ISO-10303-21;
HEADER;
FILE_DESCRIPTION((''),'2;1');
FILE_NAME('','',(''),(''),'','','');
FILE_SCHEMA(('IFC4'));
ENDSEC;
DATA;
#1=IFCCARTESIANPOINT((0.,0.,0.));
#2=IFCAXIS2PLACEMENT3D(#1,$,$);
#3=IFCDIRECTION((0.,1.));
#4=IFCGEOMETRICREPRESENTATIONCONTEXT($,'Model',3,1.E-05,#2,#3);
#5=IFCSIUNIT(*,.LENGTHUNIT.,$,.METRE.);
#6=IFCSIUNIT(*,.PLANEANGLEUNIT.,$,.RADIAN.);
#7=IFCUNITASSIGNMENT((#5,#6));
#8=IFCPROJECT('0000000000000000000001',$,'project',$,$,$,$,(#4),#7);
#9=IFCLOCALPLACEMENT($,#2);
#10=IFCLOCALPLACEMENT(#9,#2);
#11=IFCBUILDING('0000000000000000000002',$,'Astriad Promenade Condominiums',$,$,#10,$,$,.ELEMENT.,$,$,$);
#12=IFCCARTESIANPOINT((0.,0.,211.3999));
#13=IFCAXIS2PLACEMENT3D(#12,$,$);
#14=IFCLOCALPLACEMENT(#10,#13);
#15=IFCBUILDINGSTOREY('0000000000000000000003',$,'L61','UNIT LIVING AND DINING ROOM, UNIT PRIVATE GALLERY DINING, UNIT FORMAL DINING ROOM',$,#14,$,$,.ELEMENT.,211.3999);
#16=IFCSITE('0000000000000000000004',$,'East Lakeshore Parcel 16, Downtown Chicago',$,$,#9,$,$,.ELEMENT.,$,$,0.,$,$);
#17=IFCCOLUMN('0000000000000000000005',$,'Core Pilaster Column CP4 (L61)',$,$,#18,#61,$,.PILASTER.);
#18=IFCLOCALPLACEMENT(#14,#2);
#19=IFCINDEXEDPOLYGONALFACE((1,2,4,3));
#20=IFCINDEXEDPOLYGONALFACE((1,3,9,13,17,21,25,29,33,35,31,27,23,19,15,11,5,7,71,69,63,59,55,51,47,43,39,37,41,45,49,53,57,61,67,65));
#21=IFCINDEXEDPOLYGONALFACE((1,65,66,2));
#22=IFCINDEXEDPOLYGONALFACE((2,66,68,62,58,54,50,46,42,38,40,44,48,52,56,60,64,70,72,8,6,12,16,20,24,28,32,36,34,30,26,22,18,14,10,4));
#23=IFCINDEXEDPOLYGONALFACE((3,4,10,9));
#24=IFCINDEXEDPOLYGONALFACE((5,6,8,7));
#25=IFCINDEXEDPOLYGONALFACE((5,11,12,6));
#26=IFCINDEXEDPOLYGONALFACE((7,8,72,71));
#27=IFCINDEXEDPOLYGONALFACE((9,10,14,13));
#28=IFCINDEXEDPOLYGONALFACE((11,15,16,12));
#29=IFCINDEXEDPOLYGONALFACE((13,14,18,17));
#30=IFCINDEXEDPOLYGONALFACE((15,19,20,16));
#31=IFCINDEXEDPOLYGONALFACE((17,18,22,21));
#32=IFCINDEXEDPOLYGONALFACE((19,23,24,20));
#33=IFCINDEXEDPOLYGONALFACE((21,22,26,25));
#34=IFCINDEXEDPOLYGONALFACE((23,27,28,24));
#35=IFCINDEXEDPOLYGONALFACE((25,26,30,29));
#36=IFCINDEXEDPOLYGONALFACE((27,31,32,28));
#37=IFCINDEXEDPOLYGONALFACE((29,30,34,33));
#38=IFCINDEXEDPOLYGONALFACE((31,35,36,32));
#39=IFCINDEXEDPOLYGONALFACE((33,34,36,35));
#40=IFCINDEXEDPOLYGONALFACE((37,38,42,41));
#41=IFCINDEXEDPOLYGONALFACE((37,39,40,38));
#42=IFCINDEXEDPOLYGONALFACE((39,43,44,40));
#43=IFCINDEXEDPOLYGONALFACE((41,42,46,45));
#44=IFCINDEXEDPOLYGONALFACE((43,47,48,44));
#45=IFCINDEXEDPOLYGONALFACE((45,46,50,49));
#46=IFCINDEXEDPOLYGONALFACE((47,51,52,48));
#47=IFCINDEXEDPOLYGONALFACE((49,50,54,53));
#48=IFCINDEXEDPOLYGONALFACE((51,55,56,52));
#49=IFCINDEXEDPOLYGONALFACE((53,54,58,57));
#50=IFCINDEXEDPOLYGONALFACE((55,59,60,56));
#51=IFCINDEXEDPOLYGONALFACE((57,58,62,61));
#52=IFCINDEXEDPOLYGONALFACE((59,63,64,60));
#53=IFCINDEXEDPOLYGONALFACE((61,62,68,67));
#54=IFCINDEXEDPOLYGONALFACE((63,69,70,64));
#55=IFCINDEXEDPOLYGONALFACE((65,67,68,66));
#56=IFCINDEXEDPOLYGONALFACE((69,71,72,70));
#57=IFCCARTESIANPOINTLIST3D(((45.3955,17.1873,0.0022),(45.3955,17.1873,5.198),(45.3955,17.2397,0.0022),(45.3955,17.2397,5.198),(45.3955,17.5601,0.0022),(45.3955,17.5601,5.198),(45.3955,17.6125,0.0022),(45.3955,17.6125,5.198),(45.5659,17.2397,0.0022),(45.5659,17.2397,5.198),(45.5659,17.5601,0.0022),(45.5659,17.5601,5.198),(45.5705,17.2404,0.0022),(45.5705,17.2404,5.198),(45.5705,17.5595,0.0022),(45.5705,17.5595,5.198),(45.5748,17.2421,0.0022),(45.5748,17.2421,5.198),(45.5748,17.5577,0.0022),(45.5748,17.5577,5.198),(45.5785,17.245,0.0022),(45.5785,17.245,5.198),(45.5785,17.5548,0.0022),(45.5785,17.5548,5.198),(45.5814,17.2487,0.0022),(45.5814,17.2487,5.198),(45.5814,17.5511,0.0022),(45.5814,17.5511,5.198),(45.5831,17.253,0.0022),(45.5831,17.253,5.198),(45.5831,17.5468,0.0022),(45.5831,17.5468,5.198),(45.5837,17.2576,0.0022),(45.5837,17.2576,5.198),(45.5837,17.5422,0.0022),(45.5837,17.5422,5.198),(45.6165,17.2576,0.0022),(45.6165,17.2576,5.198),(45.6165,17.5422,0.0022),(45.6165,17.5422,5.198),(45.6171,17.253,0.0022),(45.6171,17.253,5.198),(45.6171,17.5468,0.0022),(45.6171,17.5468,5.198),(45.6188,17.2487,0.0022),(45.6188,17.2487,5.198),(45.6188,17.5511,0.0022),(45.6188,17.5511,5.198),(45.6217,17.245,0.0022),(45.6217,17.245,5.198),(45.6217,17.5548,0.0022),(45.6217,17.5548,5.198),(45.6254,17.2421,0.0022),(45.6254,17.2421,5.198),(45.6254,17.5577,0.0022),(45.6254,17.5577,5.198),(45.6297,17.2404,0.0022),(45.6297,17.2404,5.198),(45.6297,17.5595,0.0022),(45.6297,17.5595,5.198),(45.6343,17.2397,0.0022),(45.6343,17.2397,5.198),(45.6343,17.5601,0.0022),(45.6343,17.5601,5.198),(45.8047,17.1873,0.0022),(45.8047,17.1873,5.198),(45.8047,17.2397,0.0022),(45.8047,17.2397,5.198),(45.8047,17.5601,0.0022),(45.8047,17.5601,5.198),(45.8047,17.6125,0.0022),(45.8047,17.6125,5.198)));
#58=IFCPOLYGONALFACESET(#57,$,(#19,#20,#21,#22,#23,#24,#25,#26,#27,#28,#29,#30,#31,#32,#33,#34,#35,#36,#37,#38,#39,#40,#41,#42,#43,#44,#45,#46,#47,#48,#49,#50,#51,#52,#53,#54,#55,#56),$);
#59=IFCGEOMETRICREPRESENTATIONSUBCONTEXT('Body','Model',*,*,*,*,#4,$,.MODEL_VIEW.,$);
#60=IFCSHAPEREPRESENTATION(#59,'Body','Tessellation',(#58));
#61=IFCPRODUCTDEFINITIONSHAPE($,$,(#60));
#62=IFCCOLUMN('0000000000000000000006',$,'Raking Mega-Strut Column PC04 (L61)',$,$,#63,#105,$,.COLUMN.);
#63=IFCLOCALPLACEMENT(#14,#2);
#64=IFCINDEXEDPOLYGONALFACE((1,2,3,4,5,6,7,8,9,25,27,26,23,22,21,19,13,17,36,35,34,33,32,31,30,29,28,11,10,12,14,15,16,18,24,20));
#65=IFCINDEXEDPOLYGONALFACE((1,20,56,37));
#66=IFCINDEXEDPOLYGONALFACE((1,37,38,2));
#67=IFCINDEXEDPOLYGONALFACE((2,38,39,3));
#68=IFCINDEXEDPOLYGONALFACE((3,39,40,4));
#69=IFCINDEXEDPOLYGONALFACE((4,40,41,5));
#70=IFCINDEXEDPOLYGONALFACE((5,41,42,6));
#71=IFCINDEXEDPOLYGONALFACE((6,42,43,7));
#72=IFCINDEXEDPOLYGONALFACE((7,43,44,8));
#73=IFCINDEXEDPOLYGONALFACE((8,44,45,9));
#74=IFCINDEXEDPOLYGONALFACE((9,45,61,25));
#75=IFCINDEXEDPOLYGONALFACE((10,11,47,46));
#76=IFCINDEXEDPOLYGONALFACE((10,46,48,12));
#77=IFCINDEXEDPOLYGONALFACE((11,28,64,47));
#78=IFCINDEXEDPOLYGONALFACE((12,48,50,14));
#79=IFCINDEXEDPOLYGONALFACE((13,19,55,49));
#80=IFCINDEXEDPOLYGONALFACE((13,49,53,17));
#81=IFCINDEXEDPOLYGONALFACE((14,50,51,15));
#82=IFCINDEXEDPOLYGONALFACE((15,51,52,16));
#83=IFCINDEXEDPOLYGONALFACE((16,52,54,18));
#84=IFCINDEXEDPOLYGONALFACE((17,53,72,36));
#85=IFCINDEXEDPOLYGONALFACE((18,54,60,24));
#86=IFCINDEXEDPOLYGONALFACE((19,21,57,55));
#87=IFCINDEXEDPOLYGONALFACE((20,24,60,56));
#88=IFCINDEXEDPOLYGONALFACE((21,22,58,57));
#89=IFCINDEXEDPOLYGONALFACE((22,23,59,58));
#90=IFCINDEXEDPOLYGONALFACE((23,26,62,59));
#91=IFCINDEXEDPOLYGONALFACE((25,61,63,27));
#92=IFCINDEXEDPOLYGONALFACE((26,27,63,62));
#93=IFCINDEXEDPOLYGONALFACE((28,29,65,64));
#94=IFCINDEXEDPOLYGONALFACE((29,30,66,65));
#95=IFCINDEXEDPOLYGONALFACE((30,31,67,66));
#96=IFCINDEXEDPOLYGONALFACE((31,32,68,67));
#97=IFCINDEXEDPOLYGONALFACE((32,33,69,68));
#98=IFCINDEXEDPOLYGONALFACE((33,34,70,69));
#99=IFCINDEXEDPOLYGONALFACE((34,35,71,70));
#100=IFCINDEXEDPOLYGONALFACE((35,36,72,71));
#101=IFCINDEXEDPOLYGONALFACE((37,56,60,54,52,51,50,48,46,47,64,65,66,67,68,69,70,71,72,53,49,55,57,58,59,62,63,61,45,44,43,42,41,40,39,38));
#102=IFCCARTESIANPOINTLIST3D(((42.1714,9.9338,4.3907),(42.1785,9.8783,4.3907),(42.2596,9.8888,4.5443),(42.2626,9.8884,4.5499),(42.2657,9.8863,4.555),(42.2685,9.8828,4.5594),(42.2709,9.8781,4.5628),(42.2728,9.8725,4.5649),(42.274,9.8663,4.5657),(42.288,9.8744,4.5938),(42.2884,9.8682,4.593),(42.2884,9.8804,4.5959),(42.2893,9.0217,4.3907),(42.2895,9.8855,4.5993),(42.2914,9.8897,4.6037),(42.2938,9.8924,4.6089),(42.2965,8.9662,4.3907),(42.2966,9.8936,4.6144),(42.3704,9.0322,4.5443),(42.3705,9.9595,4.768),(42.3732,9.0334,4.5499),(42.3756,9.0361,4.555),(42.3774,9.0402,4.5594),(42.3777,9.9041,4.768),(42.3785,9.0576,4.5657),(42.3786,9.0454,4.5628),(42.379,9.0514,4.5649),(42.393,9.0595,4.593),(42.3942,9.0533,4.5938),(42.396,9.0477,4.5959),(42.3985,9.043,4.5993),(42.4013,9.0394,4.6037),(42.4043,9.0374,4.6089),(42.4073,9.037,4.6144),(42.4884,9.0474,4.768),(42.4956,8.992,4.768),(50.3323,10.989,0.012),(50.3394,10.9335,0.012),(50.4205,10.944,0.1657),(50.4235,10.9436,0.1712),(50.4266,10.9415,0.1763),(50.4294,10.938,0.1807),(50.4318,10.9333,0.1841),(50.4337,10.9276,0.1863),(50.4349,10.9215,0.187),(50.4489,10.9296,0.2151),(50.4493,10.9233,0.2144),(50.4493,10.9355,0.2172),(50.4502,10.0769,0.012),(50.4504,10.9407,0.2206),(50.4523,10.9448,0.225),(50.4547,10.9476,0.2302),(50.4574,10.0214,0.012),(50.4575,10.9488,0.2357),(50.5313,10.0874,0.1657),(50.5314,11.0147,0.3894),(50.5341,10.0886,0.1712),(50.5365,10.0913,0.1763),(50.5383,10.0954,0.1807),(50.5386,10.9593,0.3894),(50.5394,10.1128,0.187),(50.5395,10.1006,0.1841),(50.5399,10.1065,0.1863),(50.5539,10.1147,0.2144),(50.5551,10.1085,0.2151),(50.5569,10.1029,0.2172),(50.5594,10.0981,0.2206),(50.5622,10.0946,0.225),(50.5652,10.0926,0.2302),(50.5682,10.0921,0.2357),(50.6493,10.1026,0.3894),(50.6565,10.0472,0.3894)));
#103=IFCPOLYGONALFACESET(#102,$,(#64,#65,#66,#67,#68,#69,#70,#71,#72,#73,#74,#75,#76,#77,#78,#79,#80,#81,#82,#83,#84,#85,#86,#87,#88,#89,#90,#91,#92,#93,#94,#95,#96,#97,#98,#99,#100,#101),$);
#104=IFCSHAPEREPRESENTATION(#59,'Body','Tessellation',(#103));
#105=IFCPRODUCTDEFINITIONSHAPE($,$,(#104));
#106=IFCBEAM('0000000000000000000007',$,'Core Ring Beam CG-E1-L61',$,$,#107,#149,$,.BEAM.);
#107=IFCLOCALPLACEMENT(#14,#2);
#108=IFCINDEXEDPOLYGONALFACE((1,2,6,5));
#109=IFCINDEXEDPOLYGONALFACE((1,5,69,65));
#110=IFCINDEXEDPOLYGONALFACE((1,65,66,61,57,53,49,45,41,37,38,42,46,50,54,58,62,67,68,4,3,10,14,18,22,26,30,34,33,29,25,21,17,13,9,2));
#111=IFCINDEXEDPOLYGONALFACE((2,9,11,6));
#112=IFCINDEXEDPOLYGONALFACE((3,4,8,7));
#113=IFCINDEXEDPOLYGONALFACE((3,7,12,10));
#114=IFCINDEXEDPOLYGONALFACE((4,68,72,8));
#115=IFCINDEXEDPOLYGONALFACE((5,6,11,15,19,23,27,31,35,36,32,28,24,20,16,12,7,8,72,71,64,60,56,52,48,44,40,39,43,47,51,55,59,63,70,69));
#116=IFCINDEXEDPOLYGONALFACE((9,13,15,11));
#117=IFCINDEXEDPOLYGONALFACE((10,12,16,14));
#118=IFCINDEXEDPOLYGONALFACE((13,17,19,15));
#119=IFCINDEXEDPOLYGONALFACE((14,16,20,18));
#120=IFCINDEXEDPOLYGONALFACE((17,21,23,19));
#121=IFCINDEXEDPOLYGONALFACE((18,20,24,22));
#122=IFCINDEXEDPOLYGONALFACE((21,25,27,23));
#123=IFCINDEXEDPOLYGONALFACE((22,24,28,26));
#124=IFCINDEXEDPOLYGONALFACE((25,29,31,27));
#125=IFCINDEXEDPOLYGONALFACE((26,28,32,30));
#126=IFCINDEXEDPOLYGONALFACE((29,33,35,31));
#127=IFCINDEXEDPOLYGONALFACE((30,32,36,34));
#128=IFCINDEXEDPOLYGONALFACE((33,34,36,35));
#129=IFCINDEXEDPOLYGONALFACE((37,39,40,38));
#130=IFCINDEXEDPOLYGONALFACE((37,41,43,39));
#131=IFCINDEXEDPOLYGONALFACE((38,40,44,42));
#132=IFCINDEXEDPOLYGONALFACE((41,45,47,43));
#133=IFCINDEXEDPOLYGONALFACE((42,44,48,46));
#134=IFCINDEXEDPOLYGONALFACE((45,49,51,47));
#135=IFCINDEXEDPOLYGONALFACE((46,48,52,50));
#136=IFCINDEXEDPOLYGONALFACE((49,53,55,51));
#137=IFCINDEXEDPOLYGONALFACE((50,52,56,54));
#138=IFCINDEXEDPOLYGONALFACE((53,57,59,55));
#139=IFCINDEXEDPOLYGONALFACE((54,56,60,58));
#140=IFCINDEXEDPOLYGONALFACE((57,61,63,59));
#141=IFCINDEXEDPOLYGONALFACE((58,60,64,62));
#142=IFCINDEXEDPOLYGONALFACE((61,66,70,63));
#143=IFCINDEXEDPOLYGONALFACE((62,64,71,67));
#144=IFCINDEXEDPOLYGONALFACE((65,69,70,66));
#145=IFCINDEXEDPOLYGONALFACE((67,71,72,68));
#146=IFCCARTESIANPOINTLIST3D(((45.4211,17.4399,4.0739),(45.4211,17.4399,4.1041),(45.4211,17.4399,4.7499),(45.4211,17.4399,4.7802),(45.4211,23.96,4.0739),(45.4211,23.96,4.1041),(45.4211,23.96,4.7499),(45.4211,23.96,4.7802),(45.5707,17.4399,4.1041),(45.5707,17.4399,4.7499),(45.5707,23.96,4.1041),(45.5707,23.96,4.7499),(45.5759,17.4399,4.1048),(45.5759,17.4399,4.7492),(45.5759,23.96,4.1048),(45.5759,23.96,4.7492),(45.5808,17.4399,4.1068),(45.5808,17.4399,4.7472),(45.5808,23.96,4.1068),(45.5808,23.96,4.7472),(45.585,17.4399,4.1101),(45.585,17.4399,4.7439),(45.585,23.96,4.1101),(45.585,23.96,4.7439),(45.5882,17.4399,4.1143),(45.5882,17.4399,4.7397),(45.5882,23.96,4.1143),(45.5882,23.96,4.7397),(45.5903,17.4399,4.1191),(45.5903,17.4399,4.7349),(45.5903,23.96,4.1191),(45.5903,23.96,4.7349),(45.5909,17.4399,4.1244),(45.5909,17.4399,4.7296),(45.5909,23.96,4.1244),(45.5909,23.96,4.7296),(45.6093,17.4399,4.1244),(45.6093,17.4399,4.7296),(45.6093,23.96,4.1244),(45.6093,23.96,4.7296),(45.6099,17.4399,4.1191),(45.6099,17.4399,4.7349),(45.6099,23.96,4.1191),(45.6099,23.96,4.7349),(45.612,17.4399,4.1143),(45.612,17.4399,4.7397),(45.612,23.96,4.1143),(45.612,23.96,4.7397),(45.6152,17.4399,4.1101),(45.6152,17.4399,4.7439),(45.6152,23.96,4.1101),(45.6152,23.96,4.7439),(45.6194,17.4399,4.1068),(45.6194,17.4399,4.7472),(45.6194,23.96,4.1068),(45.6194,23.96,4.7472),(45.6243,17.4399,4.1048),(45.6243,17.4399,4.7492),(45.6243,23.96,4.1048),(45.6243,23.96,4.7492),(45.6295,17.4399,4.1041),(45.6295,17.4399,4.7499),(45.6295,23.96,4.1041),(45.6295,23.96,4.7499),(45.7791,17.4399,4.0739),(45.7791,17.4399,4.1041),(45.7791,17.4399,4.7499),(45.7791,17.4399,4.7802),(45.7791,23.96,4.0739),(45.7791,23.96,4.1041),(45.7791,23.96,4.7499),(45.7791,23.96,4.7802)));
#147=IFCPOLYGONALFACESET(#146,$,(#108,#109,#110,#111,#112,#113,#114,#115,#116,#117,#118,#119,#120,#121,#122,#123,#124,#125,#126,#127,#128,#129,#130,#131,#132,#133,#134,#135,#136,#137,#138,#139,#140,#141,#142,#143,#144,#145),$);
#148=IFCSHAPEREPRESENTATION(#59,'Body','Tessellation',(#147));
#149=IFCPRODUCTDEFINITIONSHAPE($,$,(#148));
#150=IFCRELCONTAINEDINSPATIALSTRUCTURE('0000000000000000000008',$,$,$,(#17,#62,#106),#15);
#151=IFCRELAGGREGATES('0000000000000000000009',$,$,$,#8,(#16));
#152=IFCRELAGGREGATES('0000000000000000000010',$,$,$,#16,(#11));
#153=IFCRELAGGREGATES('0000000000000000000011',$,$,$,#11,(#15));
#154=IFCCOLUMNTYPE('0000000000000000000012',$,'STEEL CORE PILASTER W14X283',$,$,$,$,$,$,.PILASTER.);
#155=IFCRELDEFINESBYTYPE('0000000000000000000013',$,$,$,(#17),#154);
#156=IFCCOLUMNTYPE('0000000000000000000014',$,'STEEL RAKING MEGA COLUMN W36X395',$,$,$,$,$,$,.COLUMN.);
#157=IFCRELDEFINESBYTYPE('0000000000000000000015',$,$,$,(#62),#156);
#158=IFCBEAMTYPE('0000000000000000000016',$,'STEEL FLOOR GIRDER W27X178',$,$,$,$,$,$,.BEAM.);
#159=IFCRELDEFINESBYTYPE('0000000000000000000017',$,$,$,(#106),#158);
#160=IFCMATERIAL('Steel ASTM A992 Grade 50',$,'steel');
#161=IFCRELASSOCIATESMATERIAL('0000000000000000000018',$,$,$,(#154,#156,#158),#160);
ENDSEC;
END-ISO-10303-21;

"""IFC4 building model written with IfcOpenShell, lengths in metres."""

from ifc_helpers import new_model, si_unit, direction, frame, origin, origin_2d, place, context, subcontext, project, spatial, i_section, extrude, source, transform, mapped, material, material_profile, profile_set, type_object, type_shapes, element, save


model = new_model("IFC4")

# Units and contexts
model_context = context("Model", 3, precision=1e-05, world=origin(), true_north=direction((0.0, 1.0)))
body_context = subcontext(model_context, "Body", "Model", "MODEL_VIEW")
ifc_project = project(units=[si_unit("LENGTHUNIT", "METRE"), si_unit("PLANEANGLEUNIT", "RADIAN")], contexts=[model_context])

# Site, building, storey
site_placement = place(None, origin())
site = spatial("IfcSite", under=ifc_project, at=site_placement, Name="East Lakeshore Parcel 16, Downtown Chicago", CompositionType="ELEMENT", RefElevation=0.0)
building_placement = place(site_placement, origin())
building = spatial("IfcBuilding", under=site, at=building_placement, Name="Astriad Promenade Condominiums", CompositionType="ELEMENT")
storey_placement = place(building_placement, frame((0.0, 0.0, 211.3999)))
storey = spatial("IfcBuildingStorey", under=building, at=storey_placement, Name="L61", Description="UNIT LIVING AND DINING ROOM, UNIT PRIVATE GALLERY DINING, UNIT FORMAL DINING ROOM", CompositionType="ELEMENT", Elevation=211.3999)

# Columns
ifc_material_1 = material(Name="Steel ASTM A992 Grade 50", Category="steel")
ifc_material_profile_1 = material_profile(ifc_material_1, i_section(OverallWidth=0.4092, OverallDepth=0.4253, WebThickness=0.0327, FlangeThickness=0.0525, FilletRadius=0.0178, at=origin_2d()), Name="W14X283")
ifc_profile_set_1 = profile_set([ifc_material_profile_1], Name="Steel ASTM A992 Grade 50")
column_type_1 = type_object("IfcColumnType", Name="STEEL CORE PILASTER W14X283", PredefinedType="PILASTER", material=ifc_profile_set_1)
shared_shape_1 = source(origin(), body_context, "Body", "SweptSolid", [
    extrude(i_section(OverallWidth=0.4092, OverallDepth=0.4253, WebThickness=0.0327, FlangeThickness=0.0525, FilletRadius=0.0178, at=origin_2d()), origin(), (0.0, 0.0, 1.0), 5.1958),
])
type_shapes(column_type_1, [shared_shape_1])
column_1_placement = place(storey_placement, frame((45.6001, 17.3999, 0.0022), z_axis=(0.0, 0.0, 1.0), x_axis=(1.0, 0.0, 0.0)))
element("IfcColumn", 1, at=column_1_placement, inside=storey, type_object=column_type_1, Name="Core Pilaster Column CP4 (L61)", PredefinedType="PILASTER", context=body_context, shape_type="MappedRepresentation", body=[
    mapped(shared_shape_1, transform((0.0, 0.0, 0.0), scale=1.0)),
])
ifc_material_profile_2 = material_profile(ifc_material_1, i_section(OverallWidth=0.4275, OverallDepth=0.9756, WebThickness=0.031, FlangeThickness=0.0559, FilletRadius=0.0242, at=origin_2d()), Name="W36X395")
ifc_profile_set_2 = profile_set([ifc_material_profile_2], Name="Steel ASTM A992 Grade 50")
column_type_2 = type_object("IfcColumnType", Name="STEEL RAKING MEGA COLUMN W36X395", PredefinedType="COLUMN", material=ifc_profile_set_2)
shared_shape_2 = source(origin(), body_context, "Body", "SweptSolid", [
    extrude(i_section(OverallWidth=0.4275, OverallDepth=0.9756, WebThickness=0.031, FlangeThickness=0.0559, FilletRadius=0.0242, at=origin_2d()), origin(), (0.0, 0.0, 1.0), 9.3213),
])
type_shapes(column_type_2, [shared_shape_2])
column_2_placement = place(storey_placement, frame((50.4944, 10.5181, 0.2007), z_axis=(-0.875512, -0.113201, 0.469749), x_axis=(0.465871, 0.060236, 0.8828)))
element("IfcColumn", 2, at=column_2_placement, inside=storey, type_object=column_type_2, Name="Raking Mega-Strut Column PC04 (L61)", PredefinedType="COLUMN", context=body_context, shape_type="MappedRepresentation", body=[
    mapped(shared_shape_2, transform((0.0, 0.0, 0.0), scale=1.0)),
])

# Beam
ifc_material_profile_3 = material_profile(ifc_material_1, i_section(OverallWidth=0.3579, OverallDepth=0.7063, WebThickness=0.0183, FlangeThickness=0.0303, FilletRadius=0.0203, at=origin_2d()), Name="W27X178")
ifc_profile_set_3 = profile_set([ifc_material_profile_3], Name="Steel ASTM A992 Grade 50")
beam_type = type_object("IfcBeamType", Name="STEEL FLOOR GIRDER W27X178", PredefinedType="BEAM", material=ifc_profile_set_3)
shared_shape_3 = source(origin(), body_context, "Body", "SweptSolid", [
    extrude(i_section(OverallWidth=0.3579, OverallDepth=0.7063, WebThickness=0.0183, FlangeThickness=0.0303, FilletRadius=0.0203, at=origin_2d()), origin(), (0.0, 0.0, 1.0), 6.52),
])
type_shapes(beam_type, [shared_shape_3])
beam_placement = place(storey_placement, frame((45.6001, 17.4399, 4.427), z_axis=(0.0, 1.0, 0.0), x_axis=(-1.0, 0.0, 0.0)))
element("IfcBeam", 3, at=beam_placement, inside=storey, type_object=beam_type, Name="Core Ring Beam CG-E1-L61", PredefinedType="BEAM", context=body_context, shape_type="MappedRepresentation", body=[
    mapped(shared_shape_3, transform((0.0, 0.0, 0.0), scale=1.0)),
])

save(model, "model.ifc")
